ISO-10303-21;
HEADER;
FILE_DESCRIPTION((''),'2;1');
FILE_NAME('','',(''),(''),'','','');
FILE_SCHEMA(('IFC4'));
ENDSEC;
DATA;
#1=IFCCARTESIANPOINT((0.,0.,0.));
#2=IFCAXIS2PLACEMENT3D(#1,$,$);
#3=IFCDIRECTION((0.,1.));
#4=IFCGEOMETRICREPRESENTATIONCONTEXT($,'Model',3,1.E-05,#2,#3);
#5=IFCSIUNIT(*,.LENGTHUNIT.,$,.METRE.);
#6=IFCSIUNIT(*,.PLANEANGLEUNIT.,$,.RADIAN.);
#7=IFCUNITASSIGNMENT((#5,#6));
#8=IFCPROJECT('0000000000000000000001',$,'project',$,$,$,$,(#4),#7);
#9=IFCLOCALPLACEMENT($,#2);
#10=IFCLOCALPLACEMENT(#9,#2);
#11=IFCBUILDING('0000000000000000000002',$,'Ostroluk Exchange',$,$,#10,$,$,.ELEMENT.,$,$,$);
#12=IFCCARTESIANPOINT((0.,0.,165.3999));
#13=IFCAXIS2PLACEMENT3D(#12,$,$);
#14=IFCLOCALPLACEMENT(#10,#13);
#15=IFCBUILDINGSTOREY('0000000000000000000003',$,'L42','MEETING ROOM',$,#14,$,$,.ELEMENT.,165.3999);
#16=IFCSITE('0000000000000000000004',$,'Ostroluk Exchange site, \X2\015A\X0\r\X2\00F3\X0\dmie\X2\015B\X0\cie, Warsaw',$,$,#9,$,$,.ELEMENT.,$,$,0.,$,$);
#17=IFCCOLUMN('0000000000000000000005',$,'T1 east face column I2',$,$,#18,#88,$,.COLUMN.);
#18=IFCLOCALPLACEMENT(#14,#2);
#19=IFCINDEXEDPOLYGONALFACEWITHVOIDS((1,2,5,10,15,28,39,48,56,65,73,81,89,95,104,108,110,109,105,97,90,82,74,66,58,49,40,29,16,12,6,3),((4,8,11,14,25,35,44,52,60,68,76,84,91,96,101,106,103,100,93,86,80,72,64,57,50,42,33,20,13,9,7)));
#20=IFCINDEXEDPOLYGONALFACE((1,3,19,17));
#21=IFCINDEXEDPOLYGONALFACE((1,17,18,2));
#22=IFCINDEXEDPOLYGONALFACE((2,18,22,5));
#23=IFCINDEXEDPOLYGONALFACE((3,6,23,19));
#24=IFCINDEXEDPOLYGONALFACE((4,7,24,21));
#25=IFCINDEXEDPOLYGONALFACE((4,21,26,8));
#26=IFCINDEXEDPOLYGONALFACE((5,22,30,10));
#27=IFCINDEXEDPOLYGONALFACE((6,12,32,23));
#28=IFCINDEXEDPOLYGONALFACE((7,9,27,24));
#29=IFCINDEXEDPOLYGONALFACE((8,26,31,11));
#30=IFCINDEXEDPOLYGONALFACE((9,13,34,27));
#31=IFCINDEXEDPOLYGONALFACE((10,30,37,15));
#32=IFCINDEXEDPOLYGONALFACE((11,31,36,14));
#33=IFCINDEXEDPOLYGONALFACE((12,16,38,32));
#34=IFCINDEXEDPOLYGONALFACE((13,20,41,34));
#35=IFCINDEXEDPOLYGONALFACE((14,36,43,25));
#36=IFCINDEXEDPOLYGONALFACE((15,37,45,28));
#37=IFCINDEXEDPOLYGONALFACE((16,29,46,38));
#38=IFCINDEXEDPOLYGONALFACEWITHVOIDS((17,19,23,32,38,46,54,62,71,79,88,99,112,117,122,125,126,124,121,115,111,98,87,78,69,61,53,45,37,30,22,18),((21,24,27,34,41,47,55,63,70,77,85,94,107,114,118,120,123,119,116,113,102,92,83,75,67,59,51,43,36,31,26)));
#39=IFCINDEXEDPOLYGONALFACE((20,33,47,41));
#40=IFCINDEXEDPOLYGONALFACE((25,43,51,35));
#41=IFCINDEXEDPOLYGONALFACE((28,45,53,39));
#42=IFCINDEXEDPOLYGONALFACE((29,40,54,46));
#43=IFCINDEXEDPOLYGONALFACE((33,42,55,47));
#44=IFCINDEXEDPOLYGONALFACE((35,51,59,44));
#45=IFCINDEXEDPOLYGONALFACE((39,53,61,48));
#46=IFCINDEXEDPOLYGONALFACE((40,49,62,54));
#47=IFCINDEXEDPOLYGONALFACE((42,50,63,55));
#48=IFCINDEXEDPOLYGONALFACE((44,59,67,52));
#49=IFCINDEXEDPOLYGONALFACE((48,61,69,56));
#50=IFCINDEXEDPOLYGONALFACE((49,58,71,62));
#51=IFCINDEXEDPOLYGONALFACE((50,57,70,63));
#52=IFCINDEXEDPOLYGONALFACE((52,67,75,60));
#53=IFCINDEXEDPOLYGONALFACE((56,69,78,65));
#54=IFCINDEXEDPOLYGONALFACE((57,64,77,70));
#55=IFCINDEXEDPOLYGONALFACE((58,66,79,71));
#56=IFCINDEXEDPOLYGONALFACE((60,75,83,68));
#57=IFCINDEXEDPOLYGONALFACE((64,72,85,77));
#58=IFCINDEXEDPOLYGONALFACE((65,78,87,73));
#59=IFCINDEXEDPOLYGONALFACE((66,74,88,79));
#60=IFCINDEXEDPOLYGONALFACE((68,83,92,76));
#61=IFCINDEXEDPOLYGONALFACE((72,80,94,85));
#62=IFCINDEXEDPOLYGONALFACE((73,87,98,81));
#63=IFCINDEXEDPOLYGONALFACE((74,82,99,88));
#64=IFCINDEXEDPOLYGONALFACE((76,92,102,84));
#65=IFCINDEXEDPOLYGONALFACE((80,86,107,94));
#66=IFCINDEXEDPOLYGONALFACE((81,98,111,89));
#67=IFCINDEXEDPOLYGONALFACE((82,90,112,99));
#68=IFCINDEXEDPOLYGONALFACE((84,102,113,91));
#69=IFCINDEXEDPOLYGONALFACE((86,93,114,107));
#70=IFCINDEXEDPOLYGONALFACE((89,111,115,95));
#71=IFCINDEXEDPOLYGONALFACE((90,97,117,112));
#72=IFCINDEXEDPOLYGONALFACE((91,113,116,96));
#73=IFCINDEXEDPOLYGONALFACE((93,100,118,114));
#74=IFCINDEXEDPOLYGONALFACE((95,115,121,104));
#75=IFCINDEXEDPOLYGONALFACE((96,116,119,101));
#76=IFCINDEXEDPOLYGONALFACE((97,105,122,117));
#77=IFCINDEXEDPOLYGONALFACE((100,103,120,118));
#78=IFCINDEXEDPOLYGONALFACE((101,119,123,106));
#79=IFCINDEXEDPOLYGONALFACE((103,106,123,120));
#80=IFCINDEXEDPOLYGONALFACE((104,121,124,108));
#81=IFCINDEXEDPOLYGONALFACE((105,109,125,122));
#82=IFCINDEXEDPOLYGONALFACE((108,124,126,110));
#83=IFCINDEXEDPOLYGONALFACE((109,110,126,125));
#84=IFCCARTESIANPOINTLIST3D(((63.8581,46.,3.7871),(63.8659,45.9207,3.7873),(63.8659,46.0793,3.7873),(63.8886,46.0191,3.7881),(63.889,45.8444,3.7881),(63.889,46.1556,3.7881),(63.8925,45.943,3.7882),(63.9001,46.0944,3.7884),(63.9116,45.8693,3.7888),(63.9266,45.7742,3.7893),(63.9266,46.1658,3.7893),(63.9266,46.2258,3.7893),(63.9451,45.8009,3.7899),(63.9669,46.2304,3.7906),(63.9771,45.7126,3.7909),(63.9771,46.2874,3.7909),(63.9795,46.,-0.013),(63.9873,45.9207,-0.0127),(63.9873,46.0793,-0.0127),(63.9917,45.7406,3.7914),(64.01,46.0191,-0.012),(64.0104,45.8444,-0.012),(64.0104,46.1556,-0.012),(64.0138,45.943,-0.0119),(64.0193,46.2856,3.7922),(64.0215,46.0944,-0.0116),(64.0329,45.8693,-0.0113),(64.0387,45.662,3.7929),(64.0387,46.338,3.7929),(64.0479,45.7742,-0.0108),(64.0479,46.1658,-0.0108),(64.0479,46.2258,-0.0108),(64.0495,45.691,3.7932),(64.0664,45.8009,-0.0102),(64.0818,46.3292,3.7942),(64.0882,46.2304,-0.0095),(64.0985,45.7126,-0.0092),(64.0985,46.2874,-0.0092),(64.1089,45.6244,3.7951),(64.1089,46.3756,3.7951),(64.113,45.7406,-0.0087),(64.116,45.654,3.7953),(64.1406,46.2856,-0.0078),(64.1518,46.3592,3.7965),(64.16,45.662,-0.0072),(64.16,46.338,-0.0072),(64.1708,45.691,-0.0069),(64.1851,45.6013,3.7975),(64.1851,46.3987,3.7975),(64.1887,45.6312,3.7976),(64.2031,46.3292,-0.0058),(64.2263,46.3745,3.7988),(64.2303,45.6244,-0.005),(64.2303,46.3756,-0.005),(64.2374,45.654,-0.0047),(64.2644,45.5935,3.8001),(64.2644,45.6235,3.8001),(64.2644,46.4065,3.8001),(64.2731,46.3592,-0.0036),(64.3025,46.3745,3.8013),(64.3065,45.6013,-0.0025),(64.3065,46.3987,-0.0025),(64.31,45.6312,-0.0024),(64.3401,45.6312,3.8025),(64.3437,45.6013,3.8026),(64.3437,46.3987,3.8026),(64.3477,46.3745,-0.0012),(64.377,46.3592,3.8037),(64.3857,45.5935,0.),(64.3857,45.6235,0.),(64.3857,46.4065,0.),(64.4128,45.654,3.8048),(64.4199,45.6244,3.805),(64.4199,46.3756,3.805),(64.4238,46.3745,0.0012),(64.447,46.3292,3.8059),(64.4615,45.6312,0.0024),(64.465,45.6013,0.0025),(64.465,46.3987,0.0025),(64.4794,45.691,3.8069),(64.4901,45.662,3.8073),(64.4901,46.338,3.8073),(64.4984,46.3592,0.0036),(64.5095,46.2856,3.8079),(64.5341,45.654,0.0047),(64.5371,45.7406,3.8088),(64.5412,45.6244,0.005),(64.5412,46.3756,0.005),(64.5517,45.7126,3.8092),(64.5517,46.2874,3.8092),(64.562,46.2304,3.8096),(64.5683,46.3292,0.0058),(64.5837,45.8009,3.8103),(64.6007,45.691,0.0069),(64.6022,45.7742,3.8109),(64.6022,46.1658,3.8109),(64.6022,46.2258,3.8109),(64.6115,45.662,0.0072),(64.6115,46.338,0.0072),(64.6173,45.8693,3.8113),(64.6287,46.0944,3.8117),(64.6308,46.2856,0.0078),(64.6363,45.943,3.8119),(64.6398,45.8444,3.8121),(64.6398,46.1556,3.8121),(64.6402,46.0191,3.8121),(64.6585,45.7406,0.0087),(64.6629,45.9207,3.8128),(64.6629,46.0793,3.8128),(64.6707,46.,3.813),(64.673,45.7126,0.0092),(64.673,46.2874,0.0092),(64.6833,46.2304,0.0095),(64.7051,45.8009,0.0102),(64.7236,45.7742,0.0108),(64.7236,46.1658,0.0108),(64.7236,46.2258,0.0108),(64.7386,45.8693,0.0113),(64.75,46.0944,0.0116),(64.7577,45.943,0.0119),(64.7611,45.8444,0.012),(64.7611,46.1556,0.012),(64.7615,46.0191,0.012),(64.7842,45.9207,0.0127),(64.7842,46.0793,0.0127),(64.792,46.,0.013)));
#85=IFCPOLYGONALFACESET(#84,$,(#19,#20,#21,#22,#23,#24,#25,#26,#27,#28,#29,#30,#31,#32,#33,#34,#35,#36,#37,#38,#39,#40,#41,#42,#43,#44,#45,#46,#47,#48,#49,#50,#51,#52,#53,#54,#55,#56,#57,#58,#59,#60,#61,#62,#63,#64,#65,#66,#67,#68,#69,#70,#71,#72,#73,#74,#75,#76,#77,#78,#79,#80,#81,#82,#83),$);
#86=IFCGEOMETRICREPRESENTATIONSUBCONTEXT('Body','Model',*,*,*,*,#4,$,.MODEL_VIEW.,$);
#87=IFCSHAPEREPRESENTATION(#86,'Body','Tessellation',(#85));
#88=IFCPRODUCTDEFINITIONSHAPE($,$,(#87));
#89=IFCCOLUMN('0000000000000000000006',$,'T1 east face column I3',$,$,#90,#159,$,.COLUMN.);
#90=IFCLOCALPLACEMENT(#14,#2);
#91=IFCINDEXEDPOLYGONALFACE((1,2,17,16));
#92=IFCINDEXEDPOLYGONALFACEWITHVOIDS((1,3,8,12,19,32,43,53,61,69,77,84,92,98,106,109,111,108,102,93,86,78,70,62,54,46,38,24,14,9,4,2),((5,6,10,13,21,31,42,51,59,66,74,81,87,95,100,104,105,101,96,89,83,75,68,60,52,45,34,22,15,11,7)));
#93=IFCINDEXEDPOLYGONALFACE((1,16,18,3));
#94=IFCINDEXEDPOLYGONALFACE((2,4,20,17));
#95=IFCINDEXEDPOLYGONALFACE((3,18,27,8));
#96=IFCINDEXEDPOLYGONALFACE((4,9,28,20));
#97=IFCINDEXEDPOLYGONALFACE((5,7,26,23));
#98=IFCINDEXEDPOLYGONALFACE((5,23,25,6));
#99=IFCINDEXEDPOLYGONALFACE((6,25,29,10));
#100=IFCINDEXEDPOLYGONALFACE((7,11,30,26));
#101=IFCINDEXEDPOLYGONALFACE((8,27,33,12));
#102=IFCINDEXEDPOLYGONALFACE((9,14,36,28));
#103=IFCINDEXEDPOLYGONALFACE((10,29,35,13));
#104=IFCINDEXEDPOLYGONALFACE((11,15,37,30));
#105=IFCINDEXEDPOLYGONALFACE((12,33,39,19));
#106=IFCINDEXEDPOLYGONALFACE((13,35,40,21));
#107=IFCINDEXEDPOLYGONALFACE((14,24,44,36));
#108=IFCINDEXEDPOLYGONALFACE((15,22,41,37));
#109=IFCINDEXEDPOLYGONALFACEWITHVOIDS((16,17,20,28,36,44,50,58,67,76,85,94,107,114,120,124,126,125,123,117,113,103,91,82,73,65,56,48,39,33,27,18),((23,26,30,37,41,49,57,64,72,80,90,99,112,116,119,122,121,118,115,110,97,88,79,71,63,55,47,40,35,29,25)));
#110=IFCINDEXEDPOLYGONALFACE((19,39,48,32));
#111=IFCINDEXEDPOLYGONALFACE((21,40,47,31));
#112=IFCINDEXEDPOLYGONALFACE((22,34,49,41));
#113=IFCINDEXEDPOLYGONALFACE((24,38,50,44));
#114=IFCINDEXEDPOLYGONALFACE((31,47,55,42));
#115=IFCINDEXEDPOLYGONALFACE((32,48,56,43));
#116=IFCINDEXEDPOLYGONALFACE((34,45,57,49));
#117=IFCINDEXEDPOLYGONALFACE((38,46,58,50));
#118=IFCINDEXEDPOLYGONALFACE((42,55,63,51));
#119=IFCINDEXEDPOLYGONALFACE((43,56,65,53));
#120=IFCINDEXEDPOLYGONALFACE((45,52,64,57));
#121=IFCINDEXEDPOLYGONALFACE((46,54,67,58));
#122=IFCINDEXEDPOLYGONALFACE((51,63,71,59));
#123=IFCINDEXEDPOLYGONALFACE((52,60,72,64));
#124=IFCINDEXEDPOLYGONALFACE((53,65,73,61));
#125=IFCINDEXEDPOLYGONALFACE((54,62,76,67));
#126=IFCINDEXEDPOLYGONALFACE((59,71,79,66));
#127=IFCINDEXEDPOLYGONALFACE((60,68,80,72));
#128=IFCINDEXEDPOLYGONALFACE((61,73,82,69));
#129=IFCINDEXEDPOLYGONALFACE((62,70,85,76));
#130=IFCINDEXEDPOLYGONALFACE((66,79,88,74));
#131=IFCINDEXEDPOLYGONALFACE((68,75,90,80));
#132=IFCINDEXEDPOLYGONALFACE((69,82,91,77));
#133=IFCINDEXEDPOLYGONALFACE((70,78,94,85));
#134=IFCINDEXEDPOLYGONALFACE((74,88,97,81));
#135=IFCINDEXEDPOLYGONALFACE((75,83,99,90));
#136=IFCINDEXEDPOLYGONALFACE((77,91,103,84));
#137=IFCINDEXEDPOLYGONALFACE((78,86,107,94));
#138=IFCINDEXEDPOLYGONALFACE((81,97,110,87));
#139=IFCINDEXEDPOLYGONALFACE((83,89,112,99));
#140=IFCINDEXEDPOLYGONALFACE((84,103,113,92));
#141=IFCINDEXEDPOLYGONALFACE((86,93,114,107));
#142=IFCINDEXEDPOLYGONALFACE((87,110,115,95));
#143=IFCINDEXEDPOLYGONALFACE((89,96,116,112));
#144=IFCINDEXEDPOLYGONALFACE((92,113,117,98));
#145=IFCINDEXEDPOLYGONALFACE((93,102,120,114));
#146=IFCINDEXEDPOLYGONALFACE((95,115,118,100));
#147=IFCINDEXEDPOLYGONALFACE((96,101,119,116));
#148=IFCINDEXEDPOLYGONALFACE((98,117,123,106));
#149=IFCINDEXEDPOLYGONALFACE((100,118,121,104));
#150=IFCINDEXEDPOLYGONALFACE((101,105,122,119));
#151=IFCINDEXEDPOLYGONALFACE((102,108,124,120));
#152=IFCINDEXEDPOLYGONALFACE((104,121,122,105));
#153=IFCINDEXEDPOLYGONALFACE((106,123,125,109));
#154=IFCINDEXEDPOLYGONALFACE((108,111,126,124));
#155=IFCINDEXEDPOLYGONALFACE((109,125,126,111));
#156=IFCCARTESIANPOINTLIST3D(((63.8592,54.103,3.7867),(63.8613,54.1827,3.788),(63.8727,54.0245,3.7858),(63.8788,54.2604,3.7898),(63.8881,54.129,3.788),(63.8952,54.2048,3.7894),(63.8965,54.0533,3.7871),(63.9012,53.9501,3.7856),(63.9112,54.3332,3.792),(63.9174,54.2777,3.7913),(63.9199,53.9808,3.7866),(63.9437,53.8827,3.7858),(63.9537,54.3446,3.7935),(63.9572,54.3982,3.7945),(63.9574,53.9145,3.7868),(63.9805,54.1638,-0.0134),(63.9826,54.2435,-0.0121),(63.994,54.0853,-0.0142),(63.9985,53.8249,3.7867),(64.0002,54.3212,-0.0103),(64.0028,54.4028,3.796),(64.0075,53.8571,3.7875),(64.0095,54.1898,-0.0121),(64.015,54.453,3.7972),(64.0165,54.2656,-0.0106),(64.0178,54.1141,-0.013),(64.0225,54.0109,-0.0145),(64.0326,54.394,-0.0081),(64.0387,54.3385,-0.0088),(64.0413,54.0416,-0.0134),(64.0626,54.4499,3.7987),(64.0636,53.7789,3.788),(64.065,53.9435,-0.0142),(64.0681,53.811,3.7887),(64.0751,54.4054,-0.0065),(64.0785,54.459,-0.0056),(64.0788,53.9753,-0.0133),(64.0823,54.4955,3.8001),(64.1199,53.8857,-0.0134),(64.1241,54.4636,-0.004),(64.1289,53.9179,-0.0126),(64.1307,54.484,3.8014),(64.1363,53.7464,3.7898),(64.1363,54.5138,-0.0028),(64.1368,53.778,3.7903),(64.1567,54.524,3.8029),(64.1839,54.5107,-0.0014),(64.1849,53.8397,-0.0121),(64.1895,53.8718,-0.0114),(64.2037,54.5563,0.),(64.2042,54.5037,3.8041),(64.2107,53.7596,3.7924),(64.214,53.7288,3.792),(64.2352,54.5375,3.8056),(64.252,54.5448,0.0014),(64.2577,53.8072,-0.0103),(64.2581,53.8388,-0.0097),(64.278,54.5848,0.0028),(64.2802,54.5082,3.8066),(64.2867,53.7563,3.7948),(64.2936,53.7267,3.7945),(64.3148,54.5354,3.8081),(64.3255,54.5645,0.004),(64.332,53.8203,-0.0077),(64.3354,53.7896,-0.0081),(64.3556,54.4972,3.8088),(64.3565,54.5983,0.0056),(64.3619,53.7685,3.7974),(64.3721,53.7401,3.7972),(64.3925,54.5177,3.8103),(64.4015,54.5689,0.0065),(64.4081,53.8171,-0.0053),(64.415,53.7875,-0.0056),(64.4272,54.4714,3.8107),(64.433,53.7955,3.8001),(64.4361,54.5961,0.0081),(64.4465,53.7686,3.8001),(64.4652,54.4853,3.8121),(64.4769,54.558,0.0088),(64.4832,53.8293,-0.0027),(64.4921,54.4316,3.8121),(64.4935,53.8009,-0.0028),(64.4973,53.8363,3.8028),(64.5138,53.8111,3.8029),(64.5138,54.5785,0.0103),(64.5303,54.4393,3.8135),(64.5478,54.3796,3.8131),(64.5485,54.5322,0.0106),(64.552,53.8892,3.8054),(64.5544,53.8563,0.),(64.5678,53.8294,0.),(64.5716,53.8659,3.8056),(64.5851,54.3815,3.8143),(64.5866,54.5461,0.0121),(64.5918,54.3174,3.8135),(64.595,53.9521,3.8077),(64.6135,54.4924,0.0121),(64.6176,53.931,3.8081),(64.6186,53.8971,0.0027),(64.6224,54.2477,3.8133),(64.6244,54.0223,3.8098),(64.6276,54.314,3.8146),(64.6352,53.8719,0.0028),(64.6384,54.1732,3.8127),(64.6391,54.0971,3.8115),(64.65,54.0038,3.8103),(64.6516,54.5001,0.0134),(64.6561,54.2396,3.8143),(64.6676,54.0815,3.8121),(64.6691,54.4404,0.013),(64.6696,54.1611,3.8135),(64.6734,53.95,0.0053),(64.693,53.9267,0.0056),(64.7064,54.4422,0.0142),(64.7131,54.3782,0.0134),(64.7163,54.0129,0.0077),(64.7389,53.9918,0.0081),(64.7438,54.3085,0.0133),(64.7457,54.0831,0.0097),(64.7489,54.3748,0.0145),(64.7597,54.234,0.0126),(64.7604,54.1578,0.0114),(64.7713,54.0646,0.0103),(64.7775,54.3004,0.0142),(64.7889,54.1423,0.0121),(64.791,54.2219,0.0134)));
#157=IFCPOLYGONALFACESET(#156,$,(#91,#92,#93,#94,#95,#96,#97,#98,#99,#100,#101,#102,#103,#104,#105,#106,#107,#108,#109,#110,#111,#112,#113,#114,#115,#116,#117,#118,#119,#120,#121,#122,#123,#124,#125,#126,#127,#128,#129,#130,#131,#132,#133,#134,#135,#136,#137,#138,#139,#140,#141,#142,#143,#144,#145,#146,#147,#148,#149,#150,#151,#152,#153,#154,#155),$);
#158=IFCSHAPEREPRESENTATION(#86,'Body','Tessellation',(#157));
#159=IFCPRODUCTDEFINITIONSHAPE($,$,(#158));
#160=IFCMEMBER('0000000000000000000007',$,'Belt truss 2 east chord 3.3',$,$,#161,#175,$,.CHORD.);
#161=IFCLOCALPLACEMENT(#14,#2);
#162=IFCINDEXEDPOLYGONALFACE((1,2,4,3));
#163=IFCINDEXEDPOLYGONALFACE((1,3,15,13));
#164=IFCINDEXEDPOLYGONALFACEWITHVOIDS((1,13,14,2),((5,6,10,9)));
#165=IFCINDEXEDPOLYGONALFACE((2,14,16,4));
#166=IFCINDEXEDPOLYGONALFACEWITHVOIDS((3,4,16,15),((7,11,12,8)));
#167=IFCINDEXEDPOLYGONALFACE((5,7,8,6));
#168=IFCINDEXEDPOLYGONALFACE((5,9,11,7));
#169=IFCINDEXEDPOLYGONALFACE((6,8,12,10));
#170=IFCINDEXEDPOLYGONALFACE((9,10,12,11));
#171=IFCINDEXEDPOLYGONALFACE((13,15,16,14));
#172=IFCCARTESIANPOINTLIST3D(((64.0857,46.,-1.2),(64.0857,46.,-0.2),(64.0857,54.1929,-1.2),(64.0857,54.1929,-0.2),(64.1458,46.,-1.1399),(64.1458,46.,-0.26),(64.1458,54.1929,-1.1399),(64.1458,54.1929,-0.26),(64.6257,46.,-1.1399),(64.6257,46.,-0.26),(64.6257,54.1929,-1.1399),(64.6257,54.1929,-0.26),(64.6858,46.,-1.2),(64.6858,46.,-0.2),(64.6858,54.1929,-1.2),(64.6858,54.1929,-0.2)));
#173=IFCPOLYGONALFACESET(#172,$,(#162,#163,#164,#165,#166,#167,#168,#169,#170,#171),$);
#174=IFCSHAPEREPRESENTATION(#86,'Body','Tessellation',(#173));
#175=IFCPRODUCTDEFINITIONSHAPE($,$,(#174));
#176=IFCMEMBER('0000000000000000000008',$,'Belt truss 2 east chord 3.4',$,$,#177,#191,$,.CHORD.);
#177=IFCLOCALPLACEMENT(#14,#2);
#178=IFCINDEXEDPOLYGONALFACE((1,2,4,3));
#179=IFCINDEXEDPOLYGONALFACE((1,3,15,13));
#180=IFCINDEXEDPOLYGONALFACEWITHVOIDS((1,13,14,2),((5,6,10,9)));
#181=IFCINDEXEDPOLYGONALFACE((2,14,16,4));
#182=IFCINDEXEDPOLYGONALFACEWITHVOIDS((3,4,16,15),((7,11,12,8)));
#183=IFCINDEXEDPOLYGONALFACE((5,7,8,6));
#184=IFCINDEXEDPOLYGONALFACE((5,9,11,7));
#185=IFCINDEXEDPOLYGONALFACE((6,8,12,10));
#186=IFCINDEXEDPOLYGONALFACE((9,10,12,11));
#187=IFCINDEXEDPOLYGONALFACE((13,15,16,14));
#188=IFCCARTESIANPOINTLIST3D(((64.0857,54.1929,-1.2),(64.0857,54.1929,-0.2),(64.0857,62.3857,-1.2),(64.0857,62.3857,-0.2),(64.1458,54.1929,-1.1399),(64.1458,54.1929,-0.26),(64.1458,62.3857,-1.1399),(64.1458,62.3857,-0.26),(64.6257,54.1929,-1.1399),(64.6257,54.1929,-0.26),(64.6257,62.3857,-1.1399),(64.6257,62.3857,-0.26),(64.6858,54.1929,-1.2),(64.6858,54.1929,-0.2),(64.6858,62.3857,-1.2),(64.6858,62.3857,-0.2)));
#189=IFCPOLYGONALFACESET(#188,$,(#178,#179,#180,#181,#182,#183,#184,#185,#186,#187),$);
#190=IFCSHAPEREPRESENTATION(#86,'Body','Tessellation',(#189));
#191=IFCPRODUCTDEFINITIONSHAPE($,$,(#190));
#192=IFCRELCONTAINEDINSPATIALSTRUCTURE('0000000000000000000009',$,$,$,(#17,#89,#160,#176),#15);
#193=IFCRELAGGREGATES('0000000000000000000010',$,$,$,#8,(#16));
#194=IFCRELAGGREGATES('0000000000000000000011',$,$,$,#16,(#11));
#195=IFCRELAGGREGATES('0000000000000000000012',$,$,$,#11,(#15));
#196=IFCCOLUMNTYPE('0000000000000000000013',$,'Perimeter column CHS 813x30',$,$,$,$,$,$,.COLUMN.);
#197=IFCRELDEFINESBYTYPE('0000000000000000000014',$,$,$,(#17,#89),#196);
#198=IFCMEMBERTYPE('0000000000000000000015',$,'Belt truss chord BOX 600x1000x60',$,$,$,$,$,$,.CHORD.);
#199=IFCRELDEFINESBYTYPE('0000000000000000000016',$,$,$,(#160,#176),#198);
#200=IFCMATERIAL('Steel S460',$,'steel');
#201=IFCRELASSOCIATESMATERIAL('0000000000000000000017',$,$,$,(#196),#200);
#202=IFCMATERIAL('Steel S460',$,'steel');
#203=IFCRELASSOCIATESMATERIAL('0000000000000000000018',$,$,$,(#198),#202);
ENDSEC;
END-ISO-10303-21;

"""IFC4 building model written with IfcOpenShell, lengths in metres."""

from ifc_helpers import new_model, si_unit, direction, frame, origin, origin_2d, place, context, subcontext, project, spatial, hollow_rectangle, hollow_circle, extrude, material, material_profile, profile_set, type_object, element, save


model = new_model("IFC4")

# Units and contexts
model_context = context("Model", 3, precision=1e-05, world=origin(), true_north=direction((0.0, 1.0)))
body_context = subcontext(model_context, "Body", "Model", "MODEL_VIEW")
ifc_project = project(units=[si_unit("LENGTHUNIT", "METRE"), si_unit("PLANEANGLEUNIT", "RADIAN")], contexts=[model_context])

# Site, building, storey
site_placement = place(None, origin())
site = spatial("IfcSite", under=ifc_project, at=site_placement, Name="Ostroluk Exchange site, Śródmieście, Warsaw", CompositionType="ELEMENT", RefElevation=0.0)
building_placement = place(site_placement, origin())
building = spatial("IfcBuilding", under=site, at=building_placement, Name="Ostroluk Exchange", CompositionType="ELEMENT")
storey_placement = place(building_placement, frame((0.0, 0.0, 165.3999)))
storey = spatial("IfcBuildingStorey", under=building, at=storey_placement, Name="L42", Description="MEETING ROOM", CompositionType="ELEMENT", Elevation=165.3999)

# Columns
ifc_material_1 = material(Name="Steel S460", Category="steel")
ifc_material_profile_1 = material_profile(ifc_material_1, hollow_circle(Radius=0.4065, WallThickness=0.03, at=origin_2d()), Name="CHS 813x30")
ifc_profile_set_1 = profile_set([ifc_material_profile_1], Name="Steel S460")
column_type = type_object("IfcColumnType", Name="Perimeter column CHS 813x30", PredefinedType="COLUMN", material=ifc_profile_set_1)
column_1_placement = place(storey_placement, frame((64.3857, 46.0, 0.0), z_axis=(-0.031914, 0.0, 0.999491), x_axis=(0.0, -1.0, 0.0)))
element("IfcColumn", 1, at=column_1_placement, inside=storey, type_object=column_type, Name="T1 east face column I2", PredefinedType="COLUMN", context=body_context, shape_type="SweptSolid", body=[
    extrude(hollow_circle(Radius=0.4065, WallThickness=0.03, at=origin_2d()), origin(), (0.0, 0.0, 1.0), 3.802),
])
column_2_placement = place(storey_placement, frame((64.3857, 54.1929, 0.0), z_axis=(-0.03191, -0.015987, 0.999363), x_axis=(0.447933, -0.894067, 0.0)))
element("IfcColumn", 2, at=column_2_placement, inside=storey, type_object=column_type, Name="T1 east face column I3", PredefinedType="COLUMN", context=body_context, shape_type="SweptSolid", body=[
    extrude(hollow_circle(Radius=0.4065, WallThickness=0.03, at=origin_2d()), origin(), (0.0, 0.0, 1.0), 3.8025),
])

# Members
ifc_material_2 = material(Name="Steel S460", Category="steel")
ifc_material_profile_2 = material_profile(ifc_material_2, hollow_rectangle(XDim=0.6001, YDim=1.0, WallThickness=0.0601, at=origin_2d()), Name="BOX 600x1000x60")
ifc_profile_set_2 = profile_set([ifc_material_profile_2], Name="Steel S460")
member_type_1 = type_object("IfcMemberType", Name="Belt truss chord BOX 600x1000x60", PredefinedType="CHORD", material=ifc_profile_set_2)
for number, where, z_axis, x_axis, name in (
    (3, (64.3857, 46.0, -0.7), (0.0, 1.0, 0.0), (-1.0, 0.0, 0.0), "Belt truss 2 east chord 3.3"),
    (4, (64.3857, 54.1929, -0.7), (0.0, 1.0, 0.0), (-1.0, 0.0, 0.0), "Belt truss 2 east chord 3.4"),
):
    element("IfcMember", number, at=place(storey_placement, frame(where, z_axis=z_axis, x_axis=x_axis)), inside=storey, type_object=member_type_1, Name=name, PredefinedType="CHORD", context=body_context, shape_type="SweptSolid", body=[
        extrude(hollow_rectangle(XDim=0.6001, YDim=1.0, WallThickness=0.0601, at=origin_2d()), origin(), (0.0, 0.0, 1.0), 8.1929),
    ])

save(model, "model.ifc")
